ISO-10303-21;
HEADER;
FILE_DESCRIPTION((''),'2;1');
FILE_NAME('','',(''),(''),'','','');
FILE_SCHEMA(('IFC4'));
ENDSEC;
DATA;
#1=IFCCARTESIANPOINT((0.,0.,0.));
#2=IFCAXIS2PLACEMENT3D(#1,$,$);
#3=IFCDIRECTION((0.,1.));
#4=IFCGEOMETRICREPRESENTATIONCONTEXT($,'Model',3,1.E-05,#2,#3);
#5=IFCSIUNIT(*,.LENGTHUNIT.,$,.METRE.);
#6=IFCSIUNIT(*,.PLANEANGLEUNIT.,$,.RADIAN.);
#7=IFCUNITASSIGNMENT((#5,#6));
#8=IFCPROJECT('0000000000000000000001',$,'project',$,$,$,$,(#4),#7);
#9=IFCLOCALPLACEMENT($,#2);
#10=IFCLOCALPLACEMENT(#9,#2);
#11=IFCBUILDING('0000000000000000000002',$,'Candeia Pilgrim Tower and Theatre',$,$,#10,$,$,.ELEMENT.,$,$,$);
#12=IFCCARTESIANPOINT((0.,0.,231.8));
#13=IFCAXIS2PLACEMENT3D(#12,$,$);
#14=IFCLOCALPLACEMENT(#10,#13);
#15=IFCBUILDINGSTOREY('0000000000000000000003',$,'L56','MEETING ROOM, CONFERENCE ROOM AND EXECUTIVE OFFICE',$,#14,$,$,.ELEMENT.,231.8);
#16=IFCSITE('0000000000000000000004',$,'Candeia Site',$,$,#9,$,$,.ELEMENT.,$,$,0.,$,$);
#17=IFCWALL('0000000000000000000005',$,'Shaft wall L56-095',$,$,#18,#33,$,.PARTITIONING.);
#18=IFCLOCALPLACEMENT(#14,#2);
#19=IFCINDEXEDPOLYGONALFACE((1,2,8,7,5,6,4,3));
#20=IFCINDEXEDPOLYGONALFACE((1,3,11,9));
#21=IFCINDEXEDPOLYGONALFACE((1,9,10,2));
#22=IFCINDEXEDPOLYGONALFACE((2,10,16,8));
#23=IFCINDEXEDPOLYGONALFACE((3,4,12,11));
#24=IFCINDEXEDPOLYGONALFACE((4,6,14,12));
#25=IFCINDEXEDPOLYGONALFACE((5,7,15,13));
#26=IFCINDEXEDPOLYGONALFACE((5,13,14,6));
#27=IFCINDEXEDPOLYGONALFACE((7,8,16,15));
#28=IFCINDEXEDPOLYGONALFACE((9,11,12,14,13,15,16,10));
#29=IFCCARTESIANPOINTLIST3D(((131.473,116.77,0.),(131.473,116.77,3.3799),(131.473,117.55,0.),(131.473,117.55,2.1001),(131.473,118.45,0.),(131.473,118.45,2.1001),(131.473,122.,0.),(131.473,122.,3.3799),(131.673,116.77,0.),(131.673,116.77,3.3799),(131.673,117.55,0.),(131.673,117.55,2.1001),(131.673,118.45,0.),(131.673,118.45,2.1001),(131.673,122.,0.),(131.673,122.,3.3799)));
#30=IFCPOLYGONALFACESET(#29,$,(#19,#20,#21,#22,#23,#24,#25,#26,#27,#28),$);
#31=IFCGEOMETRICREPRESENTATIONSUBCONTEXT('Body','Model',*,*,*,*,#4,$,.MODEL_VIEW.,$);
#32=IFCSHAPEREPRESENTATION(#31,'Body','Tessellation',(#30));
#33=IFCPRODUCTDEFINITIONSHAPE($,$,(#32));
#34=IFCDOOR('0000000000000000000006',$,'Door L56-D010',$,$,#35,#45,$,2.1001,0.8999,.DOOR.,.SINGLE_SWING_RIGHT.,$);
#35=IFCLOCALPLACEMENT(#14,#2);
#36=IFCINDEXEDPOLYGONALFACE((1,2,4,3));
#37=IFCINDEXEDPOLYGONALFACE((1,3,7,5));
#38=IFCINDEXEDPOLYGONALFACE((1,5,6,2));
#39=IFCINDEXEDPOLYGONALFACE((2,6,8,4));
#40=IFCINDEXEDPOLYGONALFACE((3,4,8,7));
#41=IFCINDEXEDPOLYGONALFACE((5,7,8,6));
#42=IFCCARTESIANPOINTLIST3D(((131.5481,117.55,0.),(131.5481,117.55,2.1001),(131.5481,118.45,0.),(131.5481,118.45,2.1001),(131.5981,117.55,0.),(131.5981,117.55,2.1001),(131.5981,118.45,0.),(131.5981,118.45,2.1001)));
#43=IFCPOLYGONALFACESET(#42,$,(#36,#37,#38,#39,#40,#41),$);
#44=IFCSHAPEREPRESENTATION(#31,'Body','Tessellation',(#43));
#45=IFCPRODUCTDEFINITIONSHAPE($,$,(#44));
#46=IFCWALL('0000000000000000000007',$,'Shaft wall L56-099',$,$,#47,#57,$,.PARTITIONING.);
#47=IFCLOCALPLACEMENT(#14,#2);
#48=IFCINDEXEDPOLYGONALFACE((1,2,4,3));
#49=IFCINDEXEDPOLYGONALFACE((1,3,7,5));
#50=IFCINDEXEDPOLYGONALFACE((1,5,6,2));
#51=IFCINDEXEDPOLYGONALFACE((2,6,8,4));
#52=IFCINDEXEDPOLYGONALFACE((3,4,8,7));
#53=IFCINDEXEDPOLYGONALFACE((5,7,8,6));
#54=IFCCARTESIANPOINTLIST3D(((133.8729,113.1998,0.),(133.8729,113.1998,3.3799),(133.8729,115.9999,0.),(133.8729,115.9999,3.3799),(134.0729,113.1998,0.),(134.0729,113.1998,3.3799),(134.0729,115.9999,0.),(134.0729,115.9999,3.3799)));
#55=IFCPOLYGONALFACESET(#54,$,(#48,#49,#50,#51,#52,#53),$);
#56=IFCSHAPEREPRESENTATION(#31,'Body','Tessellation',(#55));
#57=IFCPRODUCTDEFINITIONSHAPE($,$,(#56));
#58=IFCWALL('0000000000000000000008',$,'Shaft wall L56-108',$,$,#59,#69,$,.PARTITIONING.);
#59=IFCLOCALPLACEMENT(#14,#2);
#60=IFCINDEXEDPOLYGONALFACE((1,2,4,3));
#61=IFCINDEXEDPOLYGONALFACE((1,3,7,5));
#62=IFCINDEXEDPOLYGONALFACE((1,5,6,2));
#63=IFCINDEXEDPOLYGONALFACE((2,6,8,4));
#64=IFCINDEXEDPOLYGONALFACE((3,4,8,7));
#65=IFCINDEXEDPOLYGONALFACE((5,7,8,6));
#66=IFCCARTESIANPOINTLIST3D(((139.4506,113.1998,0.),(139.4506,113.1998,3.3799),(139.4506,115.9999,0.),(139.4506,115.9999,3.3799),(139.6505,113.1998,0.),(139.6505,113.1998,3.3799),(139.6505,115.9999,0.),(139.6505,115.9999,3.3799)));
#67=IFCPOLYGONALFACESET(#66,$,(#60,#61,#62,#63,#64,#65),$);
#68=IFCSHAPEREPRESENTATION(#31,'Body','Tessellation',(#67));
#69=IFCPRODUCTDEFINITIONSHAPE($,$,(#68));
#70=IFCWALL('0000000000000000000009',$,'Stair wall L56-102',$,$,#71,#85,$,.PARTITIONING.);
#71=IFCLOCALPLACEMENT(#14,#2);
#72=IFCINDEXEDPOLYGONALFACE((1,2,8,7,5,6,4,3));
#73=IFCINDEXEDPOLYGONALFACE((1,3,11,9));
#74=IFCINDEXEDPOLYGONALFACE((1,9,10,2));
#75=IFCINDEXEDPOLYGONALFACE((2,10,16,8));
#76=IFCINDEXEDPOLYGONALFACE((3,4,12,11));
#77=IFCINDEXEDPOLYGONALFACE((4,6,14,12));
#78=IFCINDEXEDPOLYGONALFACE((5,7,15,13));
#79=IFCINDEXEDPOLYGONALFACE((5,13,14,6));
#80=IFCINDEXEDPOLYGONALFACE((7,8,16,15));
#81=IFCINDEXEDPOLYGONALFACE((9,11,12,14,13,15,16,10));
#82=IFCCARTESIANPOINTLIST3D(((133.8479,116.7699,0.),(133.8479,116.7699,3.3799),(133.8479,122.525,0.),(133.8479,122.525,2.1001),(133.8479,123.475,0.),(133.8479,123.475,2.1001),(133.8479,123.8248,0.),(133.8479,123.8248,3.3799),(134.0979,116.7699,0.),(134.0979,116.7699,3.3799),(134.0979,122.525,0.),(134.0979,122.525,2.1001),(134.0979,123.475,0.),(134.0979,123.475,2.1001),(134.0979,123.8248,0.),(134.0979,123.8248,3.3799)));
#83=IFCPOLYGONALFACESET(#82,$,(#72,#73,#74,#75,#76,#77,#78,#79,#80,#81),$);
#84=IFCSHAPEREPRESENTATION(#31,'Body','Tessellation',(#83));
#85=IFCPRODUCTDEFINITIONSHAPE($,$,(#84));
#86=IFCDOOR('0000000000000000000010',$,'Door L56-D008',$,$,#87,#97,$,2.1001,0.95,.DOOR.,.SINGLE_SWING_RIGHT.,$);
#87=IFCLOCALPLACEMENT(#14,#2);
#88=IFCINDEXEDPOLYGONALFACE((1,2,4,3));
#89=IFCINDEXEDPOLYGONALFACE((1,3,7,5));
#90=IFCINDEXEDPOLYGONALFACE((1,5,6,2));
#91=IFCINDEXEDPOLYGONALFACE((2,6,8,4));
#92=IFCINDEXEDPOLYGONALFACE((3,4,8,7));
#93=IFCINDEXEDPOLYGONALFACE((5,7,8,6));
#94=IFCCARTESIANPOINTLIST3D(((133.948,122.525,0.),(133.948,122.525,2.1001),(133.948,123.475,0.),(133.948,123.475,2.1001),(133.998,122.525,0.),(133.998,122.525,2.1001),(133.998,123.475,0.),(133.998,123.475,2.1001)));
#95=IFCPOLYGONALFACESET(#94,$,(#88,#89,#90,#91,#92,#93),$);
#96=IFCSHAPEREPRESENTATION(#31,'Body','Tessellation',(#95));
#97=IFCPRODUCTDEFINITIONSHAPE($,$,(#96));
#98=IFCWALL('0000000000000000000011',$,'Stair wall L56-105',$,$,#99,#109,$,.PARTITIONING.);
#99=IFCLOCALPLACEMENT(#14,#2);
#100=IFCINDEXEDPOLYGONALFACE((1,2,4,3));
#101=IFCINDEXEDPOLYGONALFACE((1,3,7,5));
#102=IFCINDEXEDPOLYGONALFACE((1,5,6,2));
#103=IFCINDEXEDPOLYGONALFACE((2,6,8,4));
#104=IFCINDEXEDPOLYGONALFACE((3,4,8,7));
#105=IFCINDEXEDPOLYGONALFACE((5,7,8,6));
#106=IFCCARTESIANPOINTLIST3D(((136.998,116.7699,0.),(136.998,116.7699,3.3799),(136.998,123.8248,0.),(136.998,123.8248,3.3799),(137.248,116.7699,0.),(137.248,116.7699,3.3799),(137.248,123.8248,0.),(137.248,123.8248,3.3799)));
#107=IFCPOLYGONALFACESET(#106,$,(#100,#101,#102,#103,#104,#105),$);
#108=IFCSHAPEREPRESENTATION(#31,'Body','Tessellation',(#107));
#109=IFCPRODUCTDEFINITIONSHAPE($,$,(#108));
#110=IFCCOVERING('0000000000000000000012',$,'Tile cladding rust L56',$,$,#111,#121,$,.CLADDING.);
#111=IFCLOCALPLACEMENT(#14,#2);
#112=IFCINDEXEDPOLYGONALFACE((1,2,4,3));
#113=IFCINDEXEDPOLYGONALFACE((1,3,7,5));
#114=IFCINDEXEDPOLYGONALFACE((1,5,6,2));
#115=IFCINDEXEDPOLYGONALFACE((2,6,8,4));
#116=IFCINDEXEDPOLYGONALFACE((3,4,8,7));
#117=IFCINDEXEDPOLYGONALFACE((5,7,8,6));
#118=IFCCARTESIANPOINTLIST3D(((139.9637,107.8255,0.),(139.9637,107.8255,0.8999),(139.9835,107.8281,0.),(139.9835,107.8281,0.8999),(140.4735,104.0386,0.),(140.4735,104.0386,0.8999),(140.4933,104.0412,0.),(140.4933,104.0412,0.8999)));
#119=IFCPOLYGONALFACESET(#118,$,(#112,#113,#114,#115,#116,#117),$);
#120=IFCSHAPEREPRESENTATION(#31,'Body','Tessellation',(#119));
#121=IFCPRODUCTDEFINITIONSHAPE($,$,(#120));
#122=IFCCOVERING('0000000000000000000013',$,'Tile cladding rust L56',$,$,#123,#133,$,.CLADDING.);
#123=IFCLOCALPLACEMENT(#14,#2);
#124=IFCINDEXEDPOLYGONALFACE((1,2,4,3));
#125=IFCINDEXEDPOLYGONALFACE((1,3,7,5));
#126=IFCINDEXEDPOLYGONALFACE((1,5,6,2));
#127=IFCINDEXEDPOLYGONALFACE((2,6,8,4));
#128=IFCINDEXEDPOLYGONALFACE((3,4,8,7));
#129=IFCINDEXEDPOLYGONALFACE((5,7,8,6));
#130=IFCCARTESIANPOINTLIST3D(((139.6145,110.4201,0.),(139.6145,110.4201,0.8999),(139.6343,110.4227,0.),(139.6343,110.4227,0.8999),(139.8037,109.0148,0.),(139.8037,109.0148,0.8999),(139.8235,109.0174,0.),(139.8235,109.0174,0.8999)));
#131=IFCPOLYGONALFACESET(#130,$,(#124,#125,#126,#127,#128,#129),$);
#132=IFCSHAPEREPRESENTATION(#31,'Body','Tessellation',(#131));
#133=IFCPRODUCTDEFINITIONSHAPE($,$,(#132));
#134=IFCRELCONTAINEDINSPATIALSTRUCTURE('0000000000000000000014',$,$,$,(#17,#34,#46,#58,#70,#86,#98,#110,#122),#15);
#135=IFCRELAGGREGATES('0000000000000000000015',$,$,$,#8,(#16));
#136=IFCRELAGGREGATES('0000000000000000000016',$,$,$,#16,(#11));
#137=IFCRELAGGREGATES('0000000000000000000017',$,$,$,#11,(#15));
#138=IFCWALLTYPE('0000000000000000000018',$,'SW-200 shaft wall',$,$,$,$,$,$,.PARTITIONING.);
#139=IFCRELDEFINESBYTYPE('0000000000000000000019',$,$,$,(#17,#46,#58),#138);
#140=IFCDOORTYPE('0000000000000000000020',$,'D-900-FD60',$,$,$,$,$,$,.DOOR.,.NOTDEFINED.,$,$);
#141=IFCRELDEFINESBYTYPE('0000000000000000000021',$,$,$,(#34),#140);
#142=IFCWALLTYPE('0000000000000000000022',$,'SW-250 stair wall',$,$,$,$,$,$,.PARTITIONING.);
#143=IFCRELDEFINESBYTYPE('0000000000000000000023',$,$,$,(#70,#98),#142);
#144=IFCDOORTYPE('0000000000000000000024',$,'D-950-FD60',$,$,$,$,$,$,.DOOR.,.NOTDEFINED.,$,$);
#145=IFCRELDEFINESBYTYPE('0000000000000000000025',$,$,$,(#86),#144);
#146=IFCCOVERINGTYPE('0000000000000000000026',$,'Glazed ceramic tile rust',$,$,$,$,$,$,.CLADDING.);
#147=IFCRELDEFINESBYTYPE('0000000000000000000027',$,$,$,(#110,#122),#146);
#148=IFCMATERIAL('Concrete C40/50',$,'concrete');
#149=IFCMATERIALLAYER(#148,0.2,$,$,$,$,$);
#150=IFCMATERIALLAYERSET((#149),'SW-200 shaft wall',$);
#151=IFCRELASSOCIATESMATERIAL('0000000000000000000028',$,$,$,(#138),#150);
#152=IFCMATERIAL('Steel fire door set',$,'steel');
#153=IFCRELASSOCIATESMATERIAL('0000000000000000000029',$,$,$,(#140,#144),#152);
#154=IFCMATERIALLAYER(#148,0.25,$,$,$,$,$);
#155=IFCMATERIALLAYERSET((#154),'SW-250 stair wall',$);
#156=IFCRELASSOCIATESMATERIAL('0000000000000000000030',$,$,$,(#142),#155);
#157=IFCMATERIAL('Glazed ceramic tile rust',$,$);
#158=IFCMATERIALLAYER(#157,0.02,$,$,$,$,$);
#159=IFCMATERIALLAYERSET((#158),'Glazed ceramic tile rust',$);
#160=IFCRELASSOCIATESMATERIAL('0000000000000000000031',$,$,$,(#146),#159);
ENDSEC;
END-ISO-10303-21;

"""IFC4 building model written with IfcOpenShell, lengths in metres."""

from ifc_helpers import new_model, si_unit, direction, frame, frame_2d, origin, origin_2d, place, context, subcontext, project, spatial, rectangle, extrude, material, layer, layer_set, type_object, element, fill, save


model = new_model("IFC4")

# Units and contexts
model_context = context("Model", 3, precision=1e-05, world=origin(), true_north=direction((0.0, 1.0)))
body_context = subcontext(model_context, "Body", "Model", "MODEL_VIEW")
ifc_project = project(units=[si_unit("LENGTHUNIT", "METRE"), si_unit("PLANEANGLEUNIT", "RADIAN")], contexts=[model_context])

# Site, building, storey
site_placement = place(None, origin())
site = spatial("IfcSite", under=ifc_project, at=site_placement, Name="Candeia Site", CompositionType="ELEMENT", RefElevation=0.0)
building_placement = place(site_placement, origin())
building = spatial("IfcBuilding", under=site, at=building_placement, Name="Candeia Pilgrim Tower and Theatre", CompositionType="ELEMENT")
storey_placement = place(building_placement, frame((0.0, 0.0, 231.8)))
storey = spatial("IfcBuildingStorey", under=building, at=storey_placement, Name="L56", Description="MEETING ROOM, CONFERENCE ROOM AND EXECUTIVE OFFICE", CompositionType="ELEMENT", Elevation=231.8)

# Shared definitions
ifc_material_1 = material(Name="Steel fire door set", Category="steel")

# Wall, opening, door
ifc_material_2 = material(Name="Concrete C40/50", Category="concrete")
ifc_layer_1 = layer(ifc_material_2, 0.2)
ifc_layer_set_1 = layer_set([ifc_layer_1], Name="SW-200 shaft wall")
wall_type_1 = type_object("IfcWallType", Name="SW-200 shaft wall", PredefinedType="PARTITIONING", material=ifc_layer_set_1)
door_type_1 = type_object("IfcDoorType", Name="D-900-FD60", OperationType="NOTDEFINED", PredefinedType="DOOR", material=ifc_material_1)
wall_1_placement = place(storey_placement, frame((131.573, 116.77, 0.0), z_axis=(0.0, 0.0, 1.0), x_axis=(0.0, 1.0, 0.0)))
wall_1 = element("IfcWall", 1, at=wall_1_placement, inside=storey, type_object=wall_type_1, Name="Shaft wall L56-095", PredefinedType="PARTITIONING", context=body_context, shape_type="SweptSolid", body=[
    extrude(rectangle(XDim=5.23, YDim=0.2, at=frame_2d((2.615, 0.0))), origin(), (0.0, 0.0, 1.0), 3.3799),
])
opening_1_placement = place(wall_1_placement, frame((0.78, 0.0, 0.0)))
opening_1 = element("IfcOpeningElement", 2, at=opening_1_placement, cuts=wall_1, PredefinedType="OPENING", context=body_context, shape_type="SweptSolid", body=[
    extrude(rectangle(XDim=0.8999, YDim=2.1001, at=frame_2d((0.45, 1.05))), frame((0.0, 0.1099, 0.0), z_axis=(0.0, -1.0, 0.0), x_axis=(1.0, 0.0, 0.0)), (0.0, 0.0, 1.0), 0.22),
])
door_1_placement = place(opening_1_placement, origin())
door_1 = element("IfcDoor", 3, at=door_1_placement, inside=storey, type_object=door_type_1, Name="Door L56-D010", OperationType="SINGLE_SWING_RIGHT", OverallHeight=2.1001, OverallWidth=0.8999, PredefinedType="DOOR", context=body_context, shape_type="SweptSolid", body=[
    extrude(rectangle(XDim=0.8999, YDim=2.1001, at=frame_2d((0.45, 1.05))), frame((0.0, 0.0249, 0.0), z_axis=(0.0, -1.0, 0.0), x_axis=(1.0, 0.0, 0.0)), (0.0, 0.0, 1.0), 0.05),
])
fill(opening_1, door_1)

# Walls
for number, where, z_axis, x_axis, name in (
    (4, (133.9729, 113.2, 0.0), (0.0, 0.0, 1.0), (0.0, 1.0, 0.0), "Shaft wall L56-099"),
    (5, (139.5505, 113.2, 0.0), (0.0, 0.0, 1.0), (0.0, 1.0, 0.0), "Shaft wall L56-108"),
):
    element("IfcWall", number, at=place(storey_placement, frame(where, z_axis=z_axis, x_axis=x_axis)), inside=storey, type_object=wall_type_1, Name=name, PredefinedType="PARTITIONING", context=body_context, shape_type="SweptSolid", body=[
        extrude(rectangle(XDim=2.8, YDim=0.2, at=frame_2d((1.3999, 0.0))), origin(), (0.0, 0.0, 1.0), 3.3799),
    ])

# Wall, opening, door
ifc_layer_2 = layer(ifc_material_2, 0.25)
ifc_layer_set_2 = layer_set([ifc_layer_2], Name="SW-250 stair wall")
wall_type_2 = type_object("IfcWallType", Name="SW-250 stair wall", PredefinedType="PARTITIONING", material=ifc_layer_set_2)
wall_2_placement = place(storey_placement, frame((133.9729, 116.77, 0.0), z_axis=(0.0, 0.0, 1.0), x_axis=(0.0, 1.0, 0.0)))
wall_2 = element("IfcWall", 6, at=wall_2_placement, inside=storey, type_object=wall_type_2, Name="Stair wall L56-102", PredefinedType="PARTITIONING", context=body_context, shape_type="SweptSolid", body=[
    extrude(rectangle(XDim=7.0549, YDim=0.25, at=frame_2d((3.5273, 0.0))), origin(), (0.0, 0.0, 1.0), 3.3799),
])
opening_2_placement = place(wall_2_placement, frame((5.7549, 0.0, 0.0)))
opening_2 = element("IfcOpeningElement", 7, at=opening_2_placement, cuts=wall_2, PredefinedType="OPENING", context=body_context, shape_type="SweptSolid", body=[
    extrude(rectangle(XDim=0.95, YDim=2.1001, at=frame_2d((0.4751, 1.05))), frame((0.0, 0.135, 0.0), z_axis=(0.0, -1.0, 0.0), x_axis=(1.0, 0.0, 0.0)), (0.0, 0.0, 1.0), 0.27),
])
door_type_2 = type_object("IfcDoorType", Name="D-950-FD60", OperationType="NOTDEFINED", PredefinedType="DOOR", material=ifc_material_1)
door_2_placement = place(opening_2_placement, origin())
door_2 = element("IfcDoor", 8, at=door_2_placement, inside=storey, type_object=door_type_2, Name="Door L56-D008", OperationType="SINGLE_SWING_RIGHT", OverallHeight=2.1001, OverallWidth=0.95, PredefinedType="DOOR", context=body_context, shape_type="SweptSolid", body=[
    extrude(rectangle(XDim=0.95, YDim=2.1001, at=frame_2d((0.4751, 1.05))), frame((0.0, 0.0249, 0.0), z_axis=(0.0, -1.0, 0.0), x_axis=(1.0, 0.0, 0.0)), (0.0, 0.0, 1.0), 0.05),
])
fill(opening_2, door_2)

# Wall
wall_3_placement = place(storey_placement, frame((137.123, 116.77, 0.0), z_axis=(0.0, 0.0, 1.0), x_axis=(0.0, 1.0, 0.0)))
element("IfcWall", 9, at=wall_3_placement, inside=storey, type_object=wall_type_2, Name="Stair wall L56-105", PredefinedType="PARTITIONING", context=body_context, shape_type="SweptSolid", body=[
    extrude(rectangle(XDim=7.0549, YDim=0.25, at=frame_2d((3.5273, 0.0))), origin(), (0.0, 0.0, 1.0), 3.3799),
])

# Coverings
ifc_material_3 = material(Name="Glazed ceramic tile rust")
ifc_layer_3 = layer(ifc_material_3, 0.02)
ifc_layer_set_3 = layer_set([ifc_layer_3], Name="Glazed ceramic tile rust")
covering_type = type_object("IfcCoveringType", Name="Glazed ceramic tile rust", PredefinedType="CLADDING", material=ifc_layer_set_3)
covering_1_placement = place(storey_placement, frame((140.2285, 105.9333, 0.0), z_axis=(0.0, 0.0, 1.0), x_axis=(-0.133412, 0.991061, 0.0)))
element("IfcCovering", 10, at=covering_1_placement, inside=storey, type_object=covering_type, Name="Tile cladding rust L56", PredefinedType="CLADDING", context=body_context, shape_type="SweptSolid", body=[
    extrude(rectangle(XDim=3.821, YDim=0.02, at=origin_2d()), origin(), (0.0, 0.0, 1.0), 0.8999),
])
covering_2_placement = place(storey_placement, frame((139.719, 109.7188, 0.0), z_axis=(0.0, 0.0, 1.0), x_axis=(-0.133412, 0.991061, 0.0)))
element("IfcCovering", 11, at=covering_2_placement, inside=storey, type_object=covering_type, Name="Tile cladding rust L56", PredefinedType="CLADDING", context=body_context, shape_type="SweptSolid", body=[
    extrude(rectangle(XDim=1.418, YDim=0.02, at=origin_2d()), origin(), (0.0, 0.0, 1.0), 0.8999),
])

save(model, "model.ifc")
